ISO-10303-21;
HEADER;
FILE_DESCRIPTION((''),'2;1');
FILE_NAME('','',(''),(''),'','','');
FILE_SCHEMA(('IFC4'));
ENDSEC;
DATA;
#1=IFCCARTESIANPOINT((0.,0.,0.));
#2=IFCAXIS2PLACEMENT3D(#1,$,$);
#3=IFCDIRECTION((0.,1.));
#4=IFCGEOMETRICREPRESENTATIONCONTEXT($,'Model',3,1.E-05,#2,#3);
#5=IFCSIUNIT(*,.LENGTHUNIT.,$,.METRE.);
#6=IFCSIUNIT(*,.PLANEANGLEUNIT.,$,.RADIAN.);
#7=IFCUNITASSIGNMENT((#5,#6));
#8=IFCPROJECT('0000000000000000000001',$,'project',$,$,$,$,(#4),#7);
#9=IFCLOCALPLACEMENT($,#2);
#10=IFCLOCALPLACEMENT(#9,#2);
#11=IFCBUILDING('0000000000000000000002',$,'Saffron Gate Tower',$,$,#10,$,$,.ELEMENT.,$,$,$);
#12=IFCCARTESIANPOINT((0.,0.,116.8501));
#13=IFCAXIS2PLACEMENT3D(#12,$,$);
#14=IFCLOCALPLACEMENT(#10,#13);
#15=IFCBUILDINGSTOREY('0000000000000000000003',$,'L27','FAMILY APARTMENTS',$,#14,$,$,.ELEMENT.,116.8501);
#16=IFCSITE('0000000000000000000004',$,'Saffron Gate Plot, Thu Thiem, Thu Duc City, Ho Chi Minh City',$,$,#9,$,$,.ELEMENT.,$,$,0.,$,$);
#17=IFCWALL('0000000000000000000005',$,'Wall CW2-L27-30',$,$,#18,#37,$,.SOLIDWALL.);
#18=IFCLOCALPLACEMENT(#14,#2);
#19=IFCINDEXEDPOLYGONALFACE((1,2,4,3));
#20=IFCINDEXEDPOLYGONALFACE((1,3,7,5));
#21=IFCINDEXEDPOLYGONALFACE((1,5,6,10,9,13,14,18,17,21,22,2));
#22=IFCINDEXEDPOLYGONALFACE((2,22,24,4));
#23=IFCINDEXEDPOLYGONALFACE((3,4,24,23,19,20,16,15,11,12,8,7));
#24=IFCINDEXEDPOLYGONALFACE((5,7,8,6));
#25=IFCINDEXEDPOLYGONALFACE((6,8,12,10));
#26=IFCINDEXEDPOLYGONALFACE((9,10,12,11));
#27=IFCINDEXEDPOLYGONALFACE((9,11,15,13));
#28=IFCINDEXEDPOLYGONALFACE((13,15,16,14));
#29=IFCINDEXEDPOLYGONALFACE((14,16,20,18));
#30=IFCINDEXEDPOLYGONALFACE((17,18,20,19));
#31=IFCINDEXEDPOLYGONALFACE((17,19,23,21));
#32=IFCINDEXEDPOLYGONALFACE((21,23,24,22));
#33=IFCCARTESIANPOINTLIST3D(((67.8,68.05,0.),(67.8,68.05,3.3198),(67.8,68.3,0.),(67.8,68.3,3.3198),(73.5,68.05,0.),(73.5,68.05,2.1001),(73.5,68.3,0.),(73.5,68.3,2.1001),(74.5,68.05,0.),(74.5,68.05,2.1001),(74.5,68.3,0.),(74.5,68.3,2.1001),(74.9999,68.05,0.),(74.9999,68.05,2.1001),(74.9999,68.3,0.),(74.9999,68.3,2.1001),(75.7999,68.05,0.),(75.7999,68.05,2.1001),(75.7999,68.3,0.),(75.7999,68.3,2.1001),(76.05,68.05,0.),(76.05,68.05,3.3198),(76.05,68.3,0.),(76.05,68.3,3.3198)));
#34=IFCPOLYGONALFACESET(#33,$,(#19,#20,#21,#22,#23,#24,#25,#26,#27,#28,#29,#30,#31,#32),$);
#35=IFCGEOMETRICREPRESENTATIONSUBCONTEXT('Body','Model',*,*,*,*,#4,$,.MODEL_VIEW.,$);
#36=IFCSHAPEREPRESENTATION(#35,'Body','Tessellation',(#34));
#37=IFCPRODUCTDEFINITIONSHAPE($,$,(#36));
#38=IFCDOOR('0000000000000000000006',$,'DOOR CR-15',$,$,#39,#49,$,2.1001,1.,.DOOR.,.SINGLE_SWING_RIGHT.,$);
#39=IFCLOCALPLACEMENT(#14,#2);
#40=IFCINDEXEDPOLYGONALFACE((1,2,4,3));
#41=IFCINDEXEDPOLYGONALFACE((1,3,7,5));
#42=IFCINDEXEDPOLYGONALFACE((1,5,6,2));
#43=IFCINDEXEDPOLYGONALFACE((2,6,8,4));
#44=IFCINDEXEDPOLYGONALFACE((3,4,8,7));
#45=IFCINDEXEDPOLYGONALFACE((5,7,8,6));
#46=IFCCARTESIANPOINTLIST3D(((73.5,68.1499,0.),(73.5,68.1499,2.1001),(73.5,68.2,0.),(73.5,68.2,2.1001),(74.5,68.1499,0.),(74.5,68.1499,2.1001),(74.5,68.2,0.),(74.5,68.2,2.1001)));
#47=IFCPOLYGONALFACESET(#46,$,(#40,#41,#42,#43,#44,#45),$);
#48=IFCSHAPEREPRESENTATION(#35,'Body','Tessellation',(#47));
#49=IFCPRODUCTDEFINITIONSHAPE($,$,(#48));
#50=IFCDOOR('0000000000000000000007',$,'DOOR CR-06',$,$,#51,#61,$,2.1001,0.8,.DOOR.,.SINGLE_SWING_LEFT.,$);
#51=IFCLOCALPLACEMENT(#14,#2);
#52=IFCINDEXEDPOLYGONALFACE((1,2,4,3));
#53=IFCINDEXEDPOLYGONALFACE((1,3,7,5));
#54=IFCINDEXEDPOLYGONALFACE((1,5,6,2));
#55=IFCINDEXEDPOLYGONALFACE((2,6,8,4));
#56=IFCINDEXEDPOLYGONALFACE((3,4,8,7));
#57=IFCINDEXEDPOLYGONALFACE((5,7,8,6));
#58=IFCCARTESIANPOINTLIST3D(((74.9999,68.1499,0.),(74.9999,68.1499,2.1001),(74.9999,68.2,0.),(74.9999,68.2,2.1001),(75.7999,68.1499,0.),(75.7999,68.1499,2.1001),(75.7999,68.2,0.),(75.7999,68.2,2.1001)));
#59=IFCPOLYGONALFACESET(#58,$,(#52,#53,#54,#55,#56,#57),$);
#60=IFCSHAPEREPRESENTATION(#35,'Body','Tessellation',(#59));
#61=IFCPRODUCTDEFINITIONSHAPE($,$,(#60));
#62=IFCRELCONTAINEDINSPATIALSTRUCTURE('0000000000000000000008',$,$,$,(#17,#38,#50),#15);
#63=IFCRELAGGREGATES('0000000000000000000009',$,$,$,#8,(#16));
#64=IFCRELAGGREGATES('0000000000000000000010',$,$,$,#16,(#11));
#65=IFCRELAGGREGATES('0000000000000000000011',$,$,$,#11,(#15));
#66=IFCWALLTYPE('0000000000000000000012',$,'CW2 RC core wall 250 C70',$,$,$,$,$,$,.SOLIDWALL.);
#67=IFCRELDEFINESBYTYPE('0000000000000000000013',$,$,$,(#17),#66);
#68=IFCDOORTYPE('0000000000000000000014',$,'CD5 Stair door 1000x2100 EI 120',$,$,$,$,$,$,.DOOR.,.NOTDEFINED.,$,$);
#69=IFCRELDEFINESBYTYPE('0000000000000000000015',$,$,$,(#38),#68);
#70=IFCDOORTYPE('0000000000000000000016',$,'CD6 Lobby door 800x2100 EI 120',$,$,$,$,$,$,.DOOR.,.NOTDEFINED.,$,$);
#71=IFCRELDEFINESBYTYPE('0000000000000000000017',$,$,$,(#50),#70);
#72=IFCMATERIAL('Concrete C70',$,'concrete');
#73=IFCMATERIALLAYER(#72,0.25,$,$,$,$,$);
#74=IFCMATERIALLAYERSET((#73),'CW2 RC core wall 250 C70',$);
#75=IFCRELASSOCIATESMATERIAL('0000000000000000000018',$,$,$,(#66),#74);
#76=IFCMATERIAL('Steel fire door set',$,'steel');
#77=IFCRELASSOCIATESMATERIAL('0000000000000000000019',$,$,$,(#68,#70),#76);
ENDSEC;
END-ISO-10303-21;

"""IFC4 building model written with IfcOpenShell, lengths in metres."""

from ifc_helpers import new_model, si_unit, direction, frame, frame_2d, origin, place, context, subcontext, project, spatial, rectangle, extrude, material, layer, layer_set, type_object, element, fill, save


model = new_model("IFC4")

# Units and contexts
model_context = context("Model", 3, precision=1e-05, world=origin(), true_north=direction((0.0, 1.0)))
body_context = subcontext(model_context, "Body", "Model", "MODEL_VIEW")
ifc_project = project(units=[si_unit("LENGTHUNIT", "METRE"), si_unit("PLANEANGLEUNIT", "RADIAN")], contexts=[model_context])

# Site, building, storey
site_placement = place(None, origin())
site = spatial("IfcSite", under=ifc_project, at=site_placement, Name="Saffron Gate Plot, Thu Thiem, Thu Duc City, Ho Chi Minh City", CompositionType="ELEMENT", RefElevation=0.0)
building_placement = place(site_placement, origin())
building = spatial("IfcBuilding", under=site, at=building_placement, Name="Saffron Gate Tower", CompositionType="ELEMENT")
storey_placement = place(building_placement, frame((0.0, 0.0, 116.8501)))
storey = spatial("IfcBuildingStorey", under=building, at=storey_placement, Name="L27", Description="FAMILY APARTMENTS", CompositionType="ELEMENT", Elevation=116.8501)

# Wall, openings, doors
ifc_material_1 = material(Name="Concrete C70", Category="concrete")
ifc_layer_1 = layer(ifc_material_1, 0.25)
ifc_layer_set_1 = layer_set([ifc_layer_1], Name="CW2 RC core wall 250 C70")
wall_type_1 = type_object("IfcWallType", Name="CW2 RC core wall 250 C70", PredefinedType="SOLIDWALL", material=ifc_layer_set_1)
wall_1_placement = place(storey_placement, frame((67.8, 68.175, 0.0), z_axis=(0.0, 0.0, 1.0), x_axis=(1.0, 0.0, 0.0)))
wall_1 = element("IfcWall", 1, at=wall_1_placement, inside=storey, type_object=wall_type_1, Name="Wall CW2-L27-30", PredefinedType="SOLIDWALL", context=body_context, shape_type="SweptSolid", body=[
    extrude(rectangle(XDim=8.25, YDim=0.25, at=frame_2d((4.125, 0.0))), origin(), (0.0, 0.0, 1.0), 3.3198),
])
opening_1_placement = place(wall_1_placement, frame((5.7, 0.0, 0.0)))
opening_1 = element("IfcOpeningElement", 2, at=opening_1_placement, cuts=wall_1, PredefinedType="OPENING", context=body_context, shape_type="SweptSolid", body=[
    extrude(rectangle(XDim=1.0, YDim=2.1001, at=frame_2d((0.5, 1.05))), frame((0.0, 0.135, 0.0), z_axis=(0.0, -1.0, 0.0), x_axis=(1.0, 0.0, 0.0)), (0.0, 0.0, 1.0), 0.27),
])
opening_2_placement = place(wall_1_placement, frame((7.2, 0.0, 0.0)))
opening_2 = element("IfcOpeningElement", 3, at=opening_2_placement, cuts=wall_1, PredefinedType="OPENING", context=body_context, shape_type="SweptSolid", body=[
    extrude(rectangle(XDim=0.8, YDim=2.1001, at=frame_2d((0.3999, 1.05))), frame((0.0, 0.135, 0.0), z_axis=(0.0, -1.0, 0.0), x_axis=(1.0, 0.0, 0.0)), (0.0, 0.0, 1.0), 0.27),
])
ifc_material_2 = material(Name="Steel fire door set", Category="steel")
door_type_1 = type_object("IfcDoorType", Name="CD5 Stair door 1000x2100 EI 120", OperationType="NOTDEFINED", PredefinedType="DOOR", material=ifc_material_2)
door_1_placement = place(opening_1_placement, origin())
door_1 = element("IfcDoor", 4, at=door_1_placement, inside=storey, type_object=door_type_1, Name="DOOR CR-15", OperationType="SINGLE_SWING_RIGHT", OverallHeight=2.1001, OverallWidth=1.0, PredefinedType="DOOR", context=body_context, shape_type="SweptSolid", body=[
    extrude(rectangle(XDim=1.0, YDim=2.1001, at=frame_2d((0.5, 1.05))), frame((0.0, 0.0249, 0.0), z_axis=(0.0, -1.0, 0.0), x_axis=(1.0, 0.0, 0.0)), (0.0, 0.0, 1.0), 0.05),
])
fill(opening_1, door_1)
door_type_2 = type_object("IfcDoorType", Name="CD6 Lobby door 800x2100 EI 120", OperationType="NOTDEFINED", PredefinedType="DOOR", material=ifc_material_2)
door_2_placement = place(opening_2_placement, origin())
door_2 = element("IfcDoor", 5, at=door_2_placement, inside=storey, type_object=door_type_2, Name="DOOR CR-06", OperationType="SINGLE_SWING_LEFT", OverallHeight=2.1001, OverallWidth=0.8, PredefinedType="DOOR", context=body_context, shape_type="SweptSolid", body=[
    extrude(rectangle(XDim=0.8, YDim=2.1001, at=frame_2d((0.3999, 1.05))), frame((0.0, 0.0249, 0.0), z_axis=(0.0, -1.0, 0.0), x_axis=(1.0, 0.0, 0.0)), (0.0, 0.0, 1.0), 0.05),
])
fill(opening_2, door_2)

save(model, "model.ifc")
